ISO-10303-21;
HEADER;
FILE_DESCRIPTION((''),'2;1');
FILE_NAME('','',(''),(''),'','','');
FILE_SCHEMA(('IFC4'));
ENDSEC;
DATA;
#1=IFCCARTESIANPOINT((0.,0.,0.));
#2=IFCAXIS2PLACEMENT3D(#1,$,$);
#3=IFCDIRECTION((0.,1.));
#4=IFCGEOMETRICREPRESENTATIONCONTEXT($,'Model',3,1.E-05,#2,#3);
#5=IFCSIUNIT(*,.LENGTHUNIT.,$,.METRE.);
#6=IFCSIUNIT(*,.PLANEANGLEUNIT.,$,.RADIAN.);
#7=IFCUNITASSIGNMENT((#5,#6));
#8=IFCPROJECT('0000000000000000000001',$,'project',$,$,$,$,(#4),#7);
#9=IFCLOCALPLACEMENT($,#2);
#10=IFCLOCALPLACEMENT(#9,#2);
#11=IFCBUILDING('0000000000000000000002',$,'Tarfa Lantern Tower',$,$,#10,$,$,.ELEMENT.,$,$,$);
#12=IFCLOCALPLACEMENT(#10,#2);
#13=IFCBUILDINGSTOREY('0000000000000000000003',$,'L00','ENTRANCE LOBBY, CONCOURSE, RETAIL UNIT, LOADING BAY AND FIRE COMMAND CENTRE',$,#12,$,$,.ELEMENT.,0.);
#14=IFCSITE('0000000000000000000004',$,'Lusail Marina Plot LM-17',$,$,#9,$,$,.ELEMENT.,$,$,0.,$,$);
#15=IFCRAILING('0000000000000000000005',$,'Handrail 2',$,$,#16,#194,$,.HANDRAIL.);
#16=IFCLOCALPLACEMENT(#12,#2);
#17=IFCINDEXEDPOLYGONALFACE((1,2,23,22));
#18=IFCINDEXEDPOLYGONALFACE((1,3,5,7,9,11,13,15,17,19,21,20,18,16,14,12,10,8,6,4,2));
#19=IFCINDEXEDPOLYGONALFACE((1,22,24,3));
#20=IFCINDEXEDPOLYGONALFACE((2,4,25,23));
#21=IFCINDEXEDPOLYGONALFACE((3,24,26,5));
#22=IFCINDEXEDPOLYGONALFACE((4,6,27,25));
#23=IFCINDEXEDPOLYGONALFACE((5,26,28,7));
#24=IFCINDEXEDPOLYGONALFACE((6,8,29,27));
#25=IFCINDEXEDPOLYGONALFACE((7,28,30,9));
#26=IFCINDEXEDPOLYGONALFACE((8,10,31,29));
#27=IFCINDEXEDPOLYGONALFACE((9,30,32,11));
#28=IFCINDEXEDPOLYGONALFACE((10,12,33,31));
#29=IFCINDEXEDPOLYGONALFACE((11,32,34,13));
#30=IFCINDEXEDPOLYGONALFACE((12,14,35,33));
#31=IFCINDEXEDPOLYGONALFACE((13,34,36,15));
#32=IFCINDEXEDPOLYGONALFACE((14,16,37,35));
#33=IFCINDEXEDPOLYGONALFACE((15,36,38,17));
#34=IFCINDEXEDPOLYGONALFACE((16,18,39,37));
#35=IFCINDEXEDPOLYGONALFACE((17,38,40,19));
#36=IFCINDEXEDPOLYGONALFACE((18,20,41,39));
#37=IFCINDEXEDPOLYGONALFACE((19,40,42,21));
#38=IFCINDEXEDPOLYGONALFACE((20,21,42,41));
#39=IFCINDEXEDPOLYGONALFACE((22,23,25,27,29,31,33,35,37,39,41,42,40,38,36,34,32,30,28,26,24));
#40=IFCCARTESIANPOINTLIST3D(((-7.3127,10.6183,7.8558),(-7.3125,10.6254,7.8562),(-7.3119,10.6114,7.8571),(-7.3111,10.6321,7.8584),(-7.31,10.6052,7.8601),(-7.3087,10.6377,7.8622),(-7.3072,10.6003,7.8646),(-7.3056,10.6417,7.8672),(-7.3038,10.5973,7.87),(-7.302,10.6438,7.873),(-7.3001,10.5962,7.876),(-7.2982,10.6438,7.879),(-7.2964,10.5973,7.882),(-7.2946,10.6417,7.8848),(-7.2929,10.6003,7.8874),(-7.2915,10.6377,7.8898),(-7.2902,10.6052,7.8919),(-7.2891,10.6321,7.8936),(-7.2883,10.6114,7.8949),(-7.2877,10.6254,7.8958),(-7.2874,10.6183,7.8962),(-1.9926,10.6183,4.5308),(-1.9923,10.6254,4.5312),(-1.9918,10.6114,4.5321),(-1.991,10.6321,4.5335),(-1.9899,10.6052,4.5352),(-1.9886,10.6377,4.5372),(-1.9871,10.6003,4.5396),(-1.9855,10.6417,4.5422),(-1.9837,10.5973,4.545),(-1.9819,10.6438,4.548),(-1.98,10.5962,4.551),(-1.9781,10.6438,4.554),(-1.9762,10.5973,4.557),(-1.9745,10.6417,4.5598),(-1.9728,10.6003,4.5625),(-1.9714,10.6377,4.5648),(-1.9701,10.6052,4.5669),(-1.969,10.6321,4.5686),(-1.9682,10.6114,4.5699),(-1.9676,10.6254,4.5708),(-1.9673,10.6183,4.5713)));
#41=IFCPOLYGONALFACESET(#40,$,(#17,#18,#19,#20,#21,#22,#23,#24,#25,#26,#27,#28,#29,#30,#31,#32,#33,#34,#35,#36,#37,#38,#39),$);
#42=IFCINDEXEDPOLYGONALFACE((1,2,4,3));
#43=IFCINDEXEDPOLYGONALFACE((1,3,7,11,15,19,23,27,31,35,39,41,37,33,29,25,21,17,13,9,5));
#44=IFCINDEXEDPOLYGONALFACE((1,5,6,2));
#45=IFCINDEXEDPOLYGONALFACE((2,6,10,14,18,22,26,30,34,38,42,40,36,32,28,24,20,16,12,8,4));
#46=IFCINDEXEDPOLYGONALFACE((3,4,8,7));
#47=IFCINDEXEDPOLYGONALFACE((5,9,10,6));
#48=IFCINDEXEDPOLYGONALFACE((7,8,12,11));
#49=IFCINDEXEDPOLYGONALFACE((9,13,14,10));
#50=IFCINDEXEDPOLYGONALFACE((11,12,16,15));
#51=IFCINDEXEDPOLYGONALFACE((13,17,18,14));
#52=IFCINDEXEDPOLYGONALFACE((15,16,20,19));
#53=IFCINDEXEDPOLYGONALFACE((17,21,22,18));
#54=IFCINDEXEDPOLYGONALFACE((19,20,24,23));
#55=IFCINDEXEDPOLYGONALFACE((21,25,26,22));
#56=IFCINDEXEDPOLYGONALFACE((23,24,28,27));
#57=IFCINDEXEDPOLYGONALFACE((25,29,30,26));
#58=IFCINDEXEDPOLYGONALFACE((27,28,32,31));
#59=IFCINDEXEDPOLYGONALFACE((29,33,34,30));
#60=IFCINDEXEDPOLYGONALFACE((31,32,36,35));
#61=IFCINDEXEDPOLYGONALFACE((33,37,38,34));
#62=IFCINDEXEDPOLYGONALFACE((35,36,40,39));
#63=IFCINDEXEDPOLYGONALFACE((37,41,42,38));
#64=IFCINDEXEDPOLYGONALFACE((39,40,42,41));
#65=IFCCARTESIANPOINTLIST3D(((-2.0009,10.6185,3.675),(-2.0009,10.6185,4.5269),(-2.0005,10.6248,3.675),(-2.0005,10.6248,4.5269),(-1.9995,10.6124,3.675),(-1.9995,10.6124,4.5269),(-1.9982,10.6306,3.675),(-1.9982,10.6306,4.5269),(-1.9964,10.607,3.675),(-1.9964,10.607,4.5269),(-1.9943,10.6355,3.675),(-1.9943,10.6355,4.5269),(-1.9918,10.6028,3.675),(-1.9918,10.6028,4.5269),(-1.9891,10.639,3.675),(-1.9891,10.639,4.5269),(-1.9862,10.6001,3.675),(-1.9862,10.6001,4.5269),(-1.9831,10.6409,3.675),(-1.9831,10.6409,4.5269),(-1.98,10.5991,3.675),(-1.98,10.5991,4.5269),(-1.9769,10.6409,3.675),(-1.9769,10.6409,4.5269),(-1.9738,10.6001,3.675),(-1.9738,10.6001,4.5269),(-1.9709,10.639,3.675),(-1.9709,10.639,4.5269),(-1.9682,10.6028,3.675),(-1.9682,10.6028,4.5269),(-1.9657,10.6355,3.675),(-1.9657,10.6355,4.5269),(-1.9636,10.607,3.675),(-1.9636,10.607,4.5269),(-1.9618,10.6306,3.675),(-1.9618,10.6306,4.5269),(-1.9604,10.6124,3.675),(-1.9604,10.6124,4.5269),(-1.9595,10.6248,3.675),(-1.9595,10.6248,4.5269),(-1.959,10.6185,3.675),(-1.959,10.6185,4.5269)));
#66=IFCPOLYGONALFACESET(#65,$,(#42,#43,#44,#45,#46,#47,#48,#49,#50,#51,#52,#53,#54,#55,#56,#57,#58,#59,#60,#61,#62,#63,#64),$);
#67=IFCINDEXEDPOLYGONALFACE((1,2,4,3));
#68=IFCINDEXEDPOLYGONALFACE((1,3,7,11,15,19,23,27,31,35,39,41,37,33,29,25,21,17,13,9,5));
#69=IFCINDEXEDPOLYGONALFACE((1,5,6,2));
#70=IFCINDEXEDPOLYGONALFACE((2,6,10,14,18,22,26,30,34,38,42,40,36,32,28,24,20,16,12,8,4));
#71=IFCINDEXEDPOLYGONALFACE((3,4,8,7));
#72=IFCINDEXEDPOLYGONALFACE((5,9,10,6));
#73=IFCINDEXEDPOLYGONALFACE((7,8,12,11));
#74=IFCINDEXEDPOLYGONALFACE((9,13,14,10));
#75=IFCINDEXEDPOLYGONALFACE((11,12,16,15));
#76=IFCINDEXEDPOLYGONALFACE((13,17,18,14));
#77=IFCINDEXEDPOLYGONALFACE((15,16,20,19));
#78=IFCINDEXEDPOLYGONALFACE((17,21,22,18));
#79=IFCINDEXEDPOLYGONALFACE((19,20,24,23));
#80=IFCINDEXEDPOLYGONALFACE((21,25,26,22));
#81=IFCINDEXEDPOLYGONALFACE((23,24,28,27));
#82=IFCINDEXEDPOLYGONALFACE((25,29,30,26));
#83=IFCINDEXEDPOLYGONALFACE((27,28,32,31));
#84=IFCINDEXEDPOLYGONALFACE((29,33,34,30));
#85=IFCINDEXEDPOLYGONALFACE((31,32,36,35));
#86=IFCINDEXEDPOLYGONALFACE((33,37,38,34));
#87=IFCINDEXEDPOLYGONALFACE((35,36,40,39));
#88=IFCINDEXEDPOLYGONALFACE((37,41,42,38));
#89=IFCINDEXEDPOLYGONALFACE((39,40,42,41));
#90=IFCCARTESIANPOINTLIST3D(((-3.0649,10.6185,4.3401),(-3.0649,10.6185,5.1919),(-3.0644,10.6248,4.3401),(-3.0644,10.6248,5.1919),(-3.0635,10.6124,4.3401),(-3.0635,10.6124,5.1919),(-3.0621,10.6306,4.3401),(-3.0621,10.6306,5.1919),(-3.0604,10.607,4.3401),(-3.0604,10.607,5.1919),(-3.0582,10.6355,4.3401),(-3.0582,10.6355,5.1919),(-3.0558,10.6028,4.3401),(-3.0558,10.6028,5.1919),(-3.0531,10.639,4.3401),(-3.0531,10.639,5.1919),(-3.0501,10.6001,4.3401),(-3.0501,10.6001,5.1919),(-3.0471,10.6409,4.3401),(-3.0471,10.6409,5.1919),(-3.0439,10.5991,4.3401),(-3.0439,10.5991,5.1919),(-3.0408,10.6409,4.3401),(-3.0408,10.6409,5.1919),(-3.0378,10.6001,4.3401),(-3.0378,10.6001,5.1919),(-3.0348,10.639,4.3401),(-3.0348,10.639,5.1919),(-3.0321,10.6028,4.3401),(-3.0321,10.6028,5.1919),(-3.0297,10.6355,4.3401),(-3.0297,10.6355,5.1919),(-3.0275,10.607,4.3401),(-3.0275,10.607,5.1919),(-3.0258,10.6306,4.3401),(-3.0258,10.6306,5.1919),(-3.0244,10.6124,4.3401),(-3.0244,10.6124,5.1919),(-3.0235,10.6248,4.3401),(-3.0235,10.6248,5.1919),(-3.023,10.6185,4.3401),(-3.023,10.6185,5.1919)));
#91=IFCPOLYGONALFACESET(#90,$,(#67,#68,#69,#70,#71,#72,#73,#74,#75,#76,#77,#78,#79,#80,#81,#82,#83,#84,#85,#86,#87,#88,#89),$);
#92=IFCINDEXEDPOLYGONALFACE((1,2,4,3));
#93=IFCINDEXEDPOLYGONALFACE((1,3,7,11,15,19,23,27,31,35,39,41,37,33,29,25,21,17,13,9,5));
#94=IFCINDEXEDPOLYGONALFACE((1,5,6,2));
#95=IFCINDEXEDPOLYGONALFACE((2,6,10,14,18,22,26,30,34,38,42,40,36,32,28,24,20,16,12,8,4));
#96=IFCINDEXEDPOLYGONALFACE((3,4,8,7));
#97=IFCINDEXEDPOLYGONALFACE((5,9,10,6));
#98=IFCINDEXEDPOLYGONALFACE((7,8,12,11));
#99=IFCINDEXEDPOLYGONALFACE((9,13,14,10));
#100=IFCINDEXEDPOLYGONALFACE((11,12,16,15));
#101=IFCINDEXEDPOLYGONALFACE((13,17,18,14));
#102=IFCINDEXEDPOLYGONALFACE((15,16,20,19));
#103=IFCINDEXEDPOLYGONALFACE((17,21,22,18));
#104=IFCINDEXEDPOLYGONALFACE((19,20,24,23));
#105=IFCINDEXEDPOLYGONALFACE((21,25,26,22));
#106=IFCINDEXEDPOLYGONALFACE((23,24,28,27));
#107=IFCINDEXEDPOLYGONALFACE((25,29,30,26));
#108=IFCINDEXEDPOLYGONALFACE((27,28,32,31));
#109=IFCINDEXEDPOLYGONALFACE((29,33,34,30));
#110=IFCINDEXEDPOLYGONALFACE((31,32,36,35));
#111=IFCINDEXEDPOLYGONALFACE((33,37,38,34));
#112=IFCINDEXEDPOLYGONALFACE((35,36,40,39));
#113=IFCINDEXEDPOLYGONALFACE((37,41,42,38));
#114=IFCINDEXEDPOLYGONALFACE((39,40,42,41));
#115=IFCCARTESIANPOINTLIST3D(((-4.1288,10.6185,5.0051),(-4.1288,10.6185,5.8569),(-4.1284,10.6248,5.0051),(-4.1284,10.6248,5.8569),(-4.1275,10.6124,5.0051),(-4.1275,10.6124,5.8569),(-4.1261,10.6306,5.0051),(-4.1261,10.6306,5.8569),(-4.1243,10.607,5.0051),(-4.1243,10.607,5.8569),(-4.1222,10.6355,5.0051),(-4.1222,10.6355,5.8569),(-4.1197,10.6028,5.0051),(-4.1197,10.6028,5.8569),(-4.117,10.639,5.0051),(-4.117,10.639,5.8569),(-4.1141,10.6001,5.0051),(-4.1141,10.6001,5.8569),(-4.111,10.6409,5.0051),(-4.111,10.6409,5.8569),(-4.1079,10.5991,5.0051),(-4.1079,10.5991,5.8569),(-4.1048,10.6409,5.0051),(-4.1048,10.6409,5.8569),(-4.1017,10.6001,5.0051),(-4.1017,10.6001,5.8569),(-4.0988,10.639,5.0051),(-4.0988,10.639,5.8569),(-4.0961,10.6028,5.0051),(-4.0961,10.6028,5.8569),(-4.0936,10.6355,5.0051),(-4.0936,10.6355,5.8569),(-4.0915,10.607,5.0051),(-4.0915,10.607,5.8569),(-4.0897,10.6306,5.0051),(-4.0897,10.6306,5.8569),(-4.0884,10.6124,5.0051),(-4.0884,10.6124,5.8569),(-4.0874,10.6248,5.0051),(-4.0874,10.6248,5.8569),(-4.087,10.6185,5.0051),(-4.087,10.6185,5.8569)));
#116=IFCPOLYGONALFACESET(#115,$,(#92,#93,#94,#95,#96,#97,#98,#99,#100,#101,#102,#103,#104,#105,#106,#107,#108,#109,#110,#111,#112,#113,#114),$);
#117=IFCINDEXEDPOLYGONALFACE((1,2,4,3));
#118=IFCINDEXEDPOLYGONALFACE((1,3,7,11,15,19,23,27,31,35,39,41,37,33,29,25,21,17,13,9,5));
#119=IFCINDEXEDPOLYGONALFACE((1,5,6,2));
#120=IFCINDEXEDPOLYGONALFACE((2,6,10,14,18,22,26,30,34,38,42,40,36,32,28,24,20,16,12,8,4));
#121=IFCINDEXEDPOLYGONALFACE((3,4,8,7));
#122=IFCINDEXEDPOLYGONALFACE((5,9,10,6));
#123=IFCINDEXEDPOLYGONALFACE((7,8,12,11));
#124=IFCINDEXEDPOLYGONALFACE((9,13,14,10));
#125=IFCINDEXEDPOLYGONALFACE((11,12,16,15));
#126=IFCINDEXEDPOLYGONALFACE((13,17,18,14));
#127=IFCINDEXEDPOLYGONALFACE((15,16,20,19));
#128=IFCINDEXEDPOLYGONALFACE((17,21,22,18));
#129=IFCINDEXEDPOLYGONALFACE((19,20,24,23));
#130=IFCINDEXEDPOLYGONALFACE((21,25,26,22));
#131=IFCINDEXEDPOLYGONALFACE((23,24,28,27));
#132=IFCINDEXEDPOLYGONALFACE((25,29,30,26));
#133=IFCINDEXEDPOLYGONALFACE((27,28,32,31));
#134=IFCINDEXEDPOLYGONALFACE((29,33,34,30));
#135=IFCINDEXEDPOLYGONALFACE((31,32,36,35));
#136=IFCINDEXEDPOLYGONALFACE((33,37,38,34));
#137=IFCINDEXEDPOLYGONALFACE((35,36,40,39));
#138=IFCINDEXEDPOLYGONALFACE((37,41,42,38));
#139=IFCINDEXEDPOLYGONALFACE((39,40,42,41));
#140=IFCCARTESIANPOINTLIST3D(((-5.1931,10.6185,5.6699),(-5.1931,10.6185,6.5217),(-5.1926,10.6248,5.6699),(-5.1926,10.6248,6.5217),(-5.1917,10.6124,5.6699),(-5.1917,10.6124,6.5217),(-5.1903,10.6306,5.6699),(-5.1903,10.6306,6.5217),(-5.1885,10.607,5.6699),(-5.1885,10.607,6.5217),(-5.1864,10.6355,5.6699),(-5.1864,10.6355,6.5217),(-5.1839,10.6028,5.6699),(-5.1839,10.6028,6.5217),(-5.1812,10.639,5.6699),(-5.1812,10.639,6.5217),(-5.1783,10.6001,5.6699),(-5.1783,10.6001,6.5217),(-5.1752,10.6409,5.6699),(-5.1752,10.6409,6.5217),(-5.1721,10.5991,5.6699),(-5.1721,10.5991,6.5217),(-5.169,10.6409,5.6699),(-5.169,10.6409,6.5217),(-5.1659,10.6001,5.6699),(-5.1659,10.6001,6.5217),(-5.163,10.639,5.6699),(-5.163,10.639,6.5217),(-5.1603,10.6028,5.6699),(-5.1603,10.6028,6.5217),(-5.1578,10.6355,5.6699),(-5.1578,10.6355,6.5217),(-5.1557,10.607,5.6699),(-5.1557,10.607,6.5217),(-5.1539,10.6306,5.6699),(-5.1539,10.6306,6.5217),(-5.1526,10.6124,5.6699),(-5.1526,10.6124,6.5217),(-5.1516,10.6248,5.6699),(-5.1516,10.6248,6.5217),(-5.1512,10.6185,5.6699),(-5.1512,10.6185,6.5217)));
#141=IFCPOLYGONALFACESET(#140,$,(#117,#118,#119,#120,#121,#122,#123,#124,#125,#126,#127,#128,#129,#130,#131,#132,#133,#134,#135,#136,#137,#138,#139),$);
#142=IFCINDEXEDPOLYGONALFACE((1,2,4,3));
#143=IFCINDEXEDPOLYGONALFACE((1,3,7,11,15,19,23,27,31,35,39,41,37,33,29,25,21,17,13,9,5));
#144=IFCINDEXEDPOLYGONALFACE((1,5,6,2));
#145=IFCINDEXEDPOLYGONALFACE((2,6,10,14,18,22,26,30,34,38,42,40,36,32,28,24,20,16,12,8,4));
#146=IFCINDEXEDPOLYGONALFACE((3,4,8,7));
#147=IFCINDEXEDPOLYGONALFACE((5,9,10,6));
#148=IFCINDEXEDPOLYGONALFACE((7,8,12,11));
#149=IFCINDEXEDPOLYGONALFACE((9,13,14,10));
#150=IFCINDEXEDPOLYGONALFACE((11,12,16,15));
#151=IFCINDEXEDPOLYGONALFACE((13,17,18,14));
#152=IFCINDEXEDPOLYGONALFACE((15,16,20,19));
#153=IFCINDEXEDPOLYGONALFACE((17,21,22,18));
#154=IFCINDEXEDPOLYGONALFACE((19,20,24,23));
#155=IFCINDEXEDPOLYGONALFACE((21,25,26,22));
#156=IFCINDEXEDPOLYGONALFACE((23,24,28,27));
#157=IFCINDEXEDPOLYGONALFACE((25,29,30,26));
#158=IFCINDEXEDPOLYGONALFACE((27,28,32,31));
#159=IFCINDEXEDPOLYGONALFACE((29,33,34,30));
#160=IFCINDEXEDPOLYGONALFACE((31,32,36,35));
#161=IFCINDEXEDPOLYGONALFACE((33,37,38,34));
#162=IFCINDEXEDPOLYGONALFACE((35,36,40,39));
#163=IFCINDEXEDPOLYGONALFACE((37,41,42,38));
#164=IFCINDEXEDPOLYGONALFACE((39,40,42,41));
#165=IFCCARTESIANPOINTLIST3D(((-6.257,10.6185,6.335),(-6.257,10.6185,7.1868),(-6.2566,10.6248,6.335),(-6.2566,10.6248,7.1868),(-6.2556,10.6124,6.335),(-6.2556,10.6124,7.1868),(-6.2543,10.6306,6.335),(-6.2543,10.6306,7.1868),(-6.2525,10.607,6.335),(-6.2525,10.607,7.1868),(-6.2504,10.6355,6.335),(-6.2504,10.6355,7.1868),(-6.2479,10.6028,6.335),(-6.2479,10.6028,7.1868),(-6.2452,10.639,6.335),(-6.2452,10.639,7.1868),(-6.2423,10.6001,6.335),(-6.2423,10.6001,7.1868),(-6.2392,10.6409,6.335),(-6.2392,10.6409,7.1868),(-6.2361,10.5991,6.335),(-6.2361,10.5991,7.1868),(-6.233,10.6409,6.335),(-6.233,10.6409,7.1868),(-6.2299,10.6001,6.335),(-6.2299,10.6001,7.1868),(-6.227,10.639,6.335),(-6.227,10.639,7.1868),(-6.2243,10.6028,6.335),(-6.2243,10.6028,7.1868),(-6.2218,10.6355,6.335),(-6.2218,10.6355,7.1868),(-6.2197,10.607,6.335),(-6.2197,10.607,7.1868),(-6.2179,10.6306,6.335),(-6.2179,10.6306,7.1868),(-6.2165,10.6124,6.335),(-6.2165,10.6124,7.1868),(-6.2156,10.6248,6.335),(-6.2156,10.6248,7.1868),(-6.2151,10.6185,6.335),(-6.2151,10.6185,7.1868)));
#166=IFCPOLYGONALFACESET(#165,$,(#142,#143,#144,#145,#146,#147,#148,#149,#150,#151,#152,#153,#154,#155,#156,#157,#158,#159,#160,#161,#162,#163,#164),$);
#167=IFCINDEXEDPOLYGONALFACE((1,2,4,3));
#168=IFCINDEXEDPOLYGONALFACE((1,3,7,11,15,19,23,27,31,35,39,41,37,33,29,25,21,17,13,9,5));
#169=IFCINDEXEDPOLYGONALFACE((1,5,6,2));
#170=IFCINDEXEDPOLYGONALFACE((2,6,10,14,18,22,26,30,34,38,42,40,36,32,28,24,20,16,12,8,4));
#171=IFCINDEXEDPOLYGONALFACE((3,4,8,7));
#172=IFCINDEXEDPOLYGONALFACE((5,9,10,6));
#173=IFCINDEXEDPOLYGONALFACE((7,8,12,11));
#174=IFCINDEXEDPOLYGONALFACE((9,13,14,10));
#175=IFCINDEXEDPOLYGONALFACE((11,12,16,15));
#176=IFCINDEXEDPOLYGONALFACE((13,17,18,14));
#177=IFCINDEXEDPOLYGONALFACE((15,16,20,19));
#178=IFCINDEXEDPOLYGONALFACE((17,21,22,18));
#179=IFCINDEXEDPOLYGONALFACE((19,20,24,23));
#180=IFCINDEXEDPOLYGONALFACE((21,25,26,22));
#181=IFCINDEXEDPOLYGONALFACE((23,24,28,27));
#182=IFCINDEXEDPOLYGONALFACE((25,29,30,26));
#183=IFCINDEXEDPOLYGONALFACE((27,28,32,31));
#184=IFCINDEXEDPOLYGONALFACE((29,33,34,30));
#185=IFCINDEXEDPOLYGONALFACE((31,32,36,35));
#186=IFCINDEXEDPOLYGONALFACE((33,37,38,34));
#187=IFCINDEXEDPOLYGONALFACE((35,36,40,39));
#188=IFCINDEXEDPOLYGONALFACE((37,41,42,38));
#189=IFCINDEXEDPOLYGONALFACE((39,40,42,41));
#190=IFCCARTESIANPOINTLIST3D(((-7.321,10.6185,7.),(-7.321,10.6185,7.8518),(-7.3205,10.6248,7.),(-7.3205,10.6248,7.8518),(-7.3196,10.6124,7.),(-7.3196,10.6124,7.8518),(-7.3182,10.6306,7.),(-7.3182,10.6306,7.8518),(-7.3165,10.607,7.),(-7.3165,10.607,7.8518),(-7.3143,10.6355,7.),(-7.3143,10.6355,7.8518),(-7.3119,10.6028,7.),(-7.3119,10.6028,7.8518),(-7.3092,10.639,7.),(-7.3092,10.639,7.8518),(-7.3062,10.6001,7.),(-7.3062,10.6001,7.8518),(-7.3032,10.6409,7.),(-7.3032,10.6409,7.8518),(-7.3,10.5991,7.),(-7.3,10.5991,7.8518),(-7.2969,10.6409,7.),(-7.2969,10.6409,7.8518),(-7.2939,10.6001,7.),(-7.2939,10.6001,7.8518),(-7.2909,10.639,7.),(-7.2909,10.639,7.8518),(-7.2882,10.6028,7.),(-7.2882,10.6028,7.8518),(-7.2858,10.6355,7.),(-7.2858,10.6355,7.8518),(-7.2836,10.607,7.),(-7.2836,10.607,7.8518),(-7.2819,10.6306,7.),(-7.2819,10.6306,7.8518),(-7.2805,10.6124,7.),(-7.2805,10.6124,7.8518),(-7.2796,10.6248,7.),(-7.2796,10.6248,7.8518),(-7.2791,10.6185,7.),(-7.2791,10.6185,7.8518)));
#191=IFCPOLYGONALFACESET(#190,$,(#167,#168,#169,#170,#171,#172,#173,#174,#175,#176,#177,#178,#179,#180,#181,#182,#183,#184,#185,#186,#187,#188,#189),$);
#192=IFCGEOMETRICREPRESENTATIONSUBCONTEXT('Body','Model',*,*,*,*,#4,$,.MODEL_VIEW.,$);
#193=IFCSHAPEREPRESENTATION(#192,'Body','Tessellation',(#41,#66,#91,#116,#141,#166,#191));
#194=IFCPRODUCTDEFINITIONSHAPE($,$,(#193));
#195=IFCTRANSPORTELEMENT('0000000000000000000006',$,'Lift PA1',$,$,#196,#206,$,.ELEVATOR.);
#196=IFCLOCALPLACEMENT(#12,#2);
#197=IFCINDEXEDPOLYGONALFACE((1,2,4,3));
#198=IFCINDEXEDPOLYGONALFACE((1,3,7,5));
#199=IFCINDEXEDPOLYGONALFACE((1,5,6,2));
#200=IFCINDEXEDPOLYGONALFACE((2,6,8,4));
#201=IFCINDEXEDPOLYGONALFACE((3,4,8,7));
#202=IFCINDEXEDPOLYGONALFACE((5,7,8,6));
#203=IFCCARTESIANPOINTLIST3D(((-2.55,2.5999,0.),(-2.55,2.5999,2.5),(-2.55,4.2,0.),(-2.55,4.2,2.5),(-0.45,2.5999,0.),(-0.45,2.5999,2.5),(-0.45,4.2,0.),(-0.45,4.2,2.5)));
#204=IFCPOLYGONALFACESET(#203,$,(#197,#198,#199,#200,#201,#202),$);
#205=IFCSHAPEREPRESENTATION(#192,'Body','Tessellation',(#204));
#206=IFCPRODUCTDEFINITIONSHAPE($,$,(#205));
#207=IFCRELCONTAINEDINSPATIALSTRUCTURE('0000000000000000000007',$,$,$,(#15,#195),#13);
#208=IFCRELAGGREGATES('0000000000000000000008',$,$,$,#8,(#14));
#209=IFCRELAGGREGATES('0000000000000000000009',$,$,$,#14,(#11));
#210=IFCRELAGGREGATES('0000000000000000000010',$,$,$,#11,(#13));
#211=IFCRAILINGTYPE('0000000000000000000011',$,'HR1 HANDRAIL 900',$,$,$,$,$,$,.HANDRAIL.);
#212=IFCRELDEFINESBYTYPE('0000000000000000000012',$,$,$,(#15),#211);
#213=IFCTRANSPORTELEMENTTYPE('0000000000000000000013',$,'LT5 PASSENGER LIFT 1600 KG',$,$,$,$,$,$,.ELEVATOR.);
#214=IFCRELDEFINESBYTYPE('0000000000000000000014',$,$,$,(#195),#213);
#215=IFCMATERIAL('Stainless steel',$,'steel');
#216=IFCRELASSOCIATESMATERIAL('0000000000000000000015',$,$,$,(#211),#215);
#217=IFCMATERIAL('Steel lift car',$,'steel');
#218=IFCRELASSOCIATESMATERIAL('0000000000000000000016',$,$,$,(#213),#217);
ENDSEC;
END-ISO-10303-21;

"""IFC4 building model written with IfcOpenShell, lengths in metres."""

from ifc_helpers import new_model, si_unit, direction, frame, origin, origin_2d, place, context, subcontext, project, spatial, rectangle, circle, extrude, material, type_object, element, save


model = new_model("IFC4")

# Units and contexts
model_context = context("Model", 3, precision=1e-05, world=origin(), true_north=direction((0.0, 1.0)))
body_context = subcontext(model_context, "Body", "Model", "MODEL_VIEW")
ifc_project = project(units=[si_unit("LENGTHUNIT", "METRE"), si_unit("PLANEANGLEUNIT", "RADIAN")], contexts=[model_context])

# Site, building, storey
site_placement = place(None, origin())
site = spatial("IfcSite", under=ifc_project, at=site_placement, Name="Lusail Marina Plot LM-17", CompositionType="ELEMENT", RefElevation=0.0)
building_placement = place(site_placement, origin())
building = spatial("IfcBuilding", under=site, at=building_placement, Name="Tarfa Lantern Tower", CompositionType="ELEMENT")
storey_placement = place(building_placement, origin())
storey = spatial("IfcBuildingStorey", under=building, at=storey_placement, Name="L00", Description="ENTRANCE LOBBY, CONCOURSE, RETAIL UNIT, LOADING BAY AND FIRE COMMAND CENTRE", CompositionType="ELEMENT", Elevation=0.0)

# Railing
ifc_material_1 = material(Name="Stainless steel", Category="steel")
railing_type = type_object("IfcRailingType", Name="HR1 HANDRAIL 900", PredefinedType="HANDRAIL", material=ifc_material_1)
railing_placement = place(storey_placement, frame((-1.98, 10.6201, 3.675)))
element("IfcRailing", 1, at=railing_placement, inside=storey, type_object=railing_type, Name="Handrail 2", PredefinedType="HANDRAIL", context=body_context, shape_type="SweptSolid", body=[
    extrude(circle(Radius=0.0239, at=origin_2d()), frame((0.0, 0.0, 0.876), z_axis=(-0.848005, 0.0, 0.529988), x_axis=(0.0, -1.0, 0.0)), (0.0, 0.0, 1.0), 6.2737),
    extrude(circle(Radius=0.021, at=origin_2d()), frame((0.0, 0.0, 0.0), z_axis=(0.0, 0.0, 1.0), x_axis=(0.0, -1.0, 0.0)), (0.0, 0.0, 1.0), 0.8518),
    extrude(circle(Radius=0.021, at=origin_2d()), frame((-1.064, 0.0, 0.665), z_axis=(0.0, 0.0, 1.0), x_axis=(0.0, -1.0, 0.0)), (0.0, 0.0, 1.0), 0.8518),
    extrude(circle(Radius=0.021, at=origin_2d()), frame((-2.1279, 0.0, 1.3301), z_axis=(0.0, 0.0, 1.0), x_axis=(0.0, -1.0, 0.0)), (0.0, 0.0, 1.0), 0.8518),
    extrude(circle(Radius=0.021, at=origin_2d()), frame((-3.1921, 0.0, 1.9949), z_axis=(0.0, 0.0, 1.0), x_axis=(0.0, -1.0, 0.0)), (0.0, 0.0, 1.0), 0.8518),
    extrude(circle(Radius=0.021, at=origin_2d()), frame((-4.2561, 0.0, 2.6599), z_axis=(0.0, 0.0, 1.0), x_axis=(0.0, -1.0, 0.0)), (0.0, 0.0, 1.0), 0.8518),
    extrude(circle(Radius=0.021, at=origin_2d()), frame((-5.3201, 0.0, 3.325), z_axis=(0.0, 0.0, 1.0), x_axis=(0.0, -1.0, 0.0)), (0.0, 0.0, 1.0), 0.8518),
])

# Transport element
ifc_material_2 = material(Name="Steel lift car", Category="steel")
transport_element_type = type_object("IfcTransportElementType", Name="LT5 PASSENGER LIFT 1600 KG", PredefinedType="ELEVATOR", material=ifc_material_2)
transport_element_placement = place(storey_placement, frame((-1.5, 3.3999, 0.0), z_axis=(0.0, 0.0, 1.0), x_axis=(1.0, 0.0, 0.0)))
element("IfcTransportElement", 2, at=transport_element_placement, inside=storey, type_object=transport_element_type, Name="Lift PA1", PredefinedType="ELEVATOR", context=body_context, shape_type="SweptSolid", body=[
    extrude(rectangle(XDim=2.1001, YDim=1.6001, at=origin_2d()), origin(), (0.0, 0.0, 1.0), 2.5),
])

save(model, "model.ifc")
